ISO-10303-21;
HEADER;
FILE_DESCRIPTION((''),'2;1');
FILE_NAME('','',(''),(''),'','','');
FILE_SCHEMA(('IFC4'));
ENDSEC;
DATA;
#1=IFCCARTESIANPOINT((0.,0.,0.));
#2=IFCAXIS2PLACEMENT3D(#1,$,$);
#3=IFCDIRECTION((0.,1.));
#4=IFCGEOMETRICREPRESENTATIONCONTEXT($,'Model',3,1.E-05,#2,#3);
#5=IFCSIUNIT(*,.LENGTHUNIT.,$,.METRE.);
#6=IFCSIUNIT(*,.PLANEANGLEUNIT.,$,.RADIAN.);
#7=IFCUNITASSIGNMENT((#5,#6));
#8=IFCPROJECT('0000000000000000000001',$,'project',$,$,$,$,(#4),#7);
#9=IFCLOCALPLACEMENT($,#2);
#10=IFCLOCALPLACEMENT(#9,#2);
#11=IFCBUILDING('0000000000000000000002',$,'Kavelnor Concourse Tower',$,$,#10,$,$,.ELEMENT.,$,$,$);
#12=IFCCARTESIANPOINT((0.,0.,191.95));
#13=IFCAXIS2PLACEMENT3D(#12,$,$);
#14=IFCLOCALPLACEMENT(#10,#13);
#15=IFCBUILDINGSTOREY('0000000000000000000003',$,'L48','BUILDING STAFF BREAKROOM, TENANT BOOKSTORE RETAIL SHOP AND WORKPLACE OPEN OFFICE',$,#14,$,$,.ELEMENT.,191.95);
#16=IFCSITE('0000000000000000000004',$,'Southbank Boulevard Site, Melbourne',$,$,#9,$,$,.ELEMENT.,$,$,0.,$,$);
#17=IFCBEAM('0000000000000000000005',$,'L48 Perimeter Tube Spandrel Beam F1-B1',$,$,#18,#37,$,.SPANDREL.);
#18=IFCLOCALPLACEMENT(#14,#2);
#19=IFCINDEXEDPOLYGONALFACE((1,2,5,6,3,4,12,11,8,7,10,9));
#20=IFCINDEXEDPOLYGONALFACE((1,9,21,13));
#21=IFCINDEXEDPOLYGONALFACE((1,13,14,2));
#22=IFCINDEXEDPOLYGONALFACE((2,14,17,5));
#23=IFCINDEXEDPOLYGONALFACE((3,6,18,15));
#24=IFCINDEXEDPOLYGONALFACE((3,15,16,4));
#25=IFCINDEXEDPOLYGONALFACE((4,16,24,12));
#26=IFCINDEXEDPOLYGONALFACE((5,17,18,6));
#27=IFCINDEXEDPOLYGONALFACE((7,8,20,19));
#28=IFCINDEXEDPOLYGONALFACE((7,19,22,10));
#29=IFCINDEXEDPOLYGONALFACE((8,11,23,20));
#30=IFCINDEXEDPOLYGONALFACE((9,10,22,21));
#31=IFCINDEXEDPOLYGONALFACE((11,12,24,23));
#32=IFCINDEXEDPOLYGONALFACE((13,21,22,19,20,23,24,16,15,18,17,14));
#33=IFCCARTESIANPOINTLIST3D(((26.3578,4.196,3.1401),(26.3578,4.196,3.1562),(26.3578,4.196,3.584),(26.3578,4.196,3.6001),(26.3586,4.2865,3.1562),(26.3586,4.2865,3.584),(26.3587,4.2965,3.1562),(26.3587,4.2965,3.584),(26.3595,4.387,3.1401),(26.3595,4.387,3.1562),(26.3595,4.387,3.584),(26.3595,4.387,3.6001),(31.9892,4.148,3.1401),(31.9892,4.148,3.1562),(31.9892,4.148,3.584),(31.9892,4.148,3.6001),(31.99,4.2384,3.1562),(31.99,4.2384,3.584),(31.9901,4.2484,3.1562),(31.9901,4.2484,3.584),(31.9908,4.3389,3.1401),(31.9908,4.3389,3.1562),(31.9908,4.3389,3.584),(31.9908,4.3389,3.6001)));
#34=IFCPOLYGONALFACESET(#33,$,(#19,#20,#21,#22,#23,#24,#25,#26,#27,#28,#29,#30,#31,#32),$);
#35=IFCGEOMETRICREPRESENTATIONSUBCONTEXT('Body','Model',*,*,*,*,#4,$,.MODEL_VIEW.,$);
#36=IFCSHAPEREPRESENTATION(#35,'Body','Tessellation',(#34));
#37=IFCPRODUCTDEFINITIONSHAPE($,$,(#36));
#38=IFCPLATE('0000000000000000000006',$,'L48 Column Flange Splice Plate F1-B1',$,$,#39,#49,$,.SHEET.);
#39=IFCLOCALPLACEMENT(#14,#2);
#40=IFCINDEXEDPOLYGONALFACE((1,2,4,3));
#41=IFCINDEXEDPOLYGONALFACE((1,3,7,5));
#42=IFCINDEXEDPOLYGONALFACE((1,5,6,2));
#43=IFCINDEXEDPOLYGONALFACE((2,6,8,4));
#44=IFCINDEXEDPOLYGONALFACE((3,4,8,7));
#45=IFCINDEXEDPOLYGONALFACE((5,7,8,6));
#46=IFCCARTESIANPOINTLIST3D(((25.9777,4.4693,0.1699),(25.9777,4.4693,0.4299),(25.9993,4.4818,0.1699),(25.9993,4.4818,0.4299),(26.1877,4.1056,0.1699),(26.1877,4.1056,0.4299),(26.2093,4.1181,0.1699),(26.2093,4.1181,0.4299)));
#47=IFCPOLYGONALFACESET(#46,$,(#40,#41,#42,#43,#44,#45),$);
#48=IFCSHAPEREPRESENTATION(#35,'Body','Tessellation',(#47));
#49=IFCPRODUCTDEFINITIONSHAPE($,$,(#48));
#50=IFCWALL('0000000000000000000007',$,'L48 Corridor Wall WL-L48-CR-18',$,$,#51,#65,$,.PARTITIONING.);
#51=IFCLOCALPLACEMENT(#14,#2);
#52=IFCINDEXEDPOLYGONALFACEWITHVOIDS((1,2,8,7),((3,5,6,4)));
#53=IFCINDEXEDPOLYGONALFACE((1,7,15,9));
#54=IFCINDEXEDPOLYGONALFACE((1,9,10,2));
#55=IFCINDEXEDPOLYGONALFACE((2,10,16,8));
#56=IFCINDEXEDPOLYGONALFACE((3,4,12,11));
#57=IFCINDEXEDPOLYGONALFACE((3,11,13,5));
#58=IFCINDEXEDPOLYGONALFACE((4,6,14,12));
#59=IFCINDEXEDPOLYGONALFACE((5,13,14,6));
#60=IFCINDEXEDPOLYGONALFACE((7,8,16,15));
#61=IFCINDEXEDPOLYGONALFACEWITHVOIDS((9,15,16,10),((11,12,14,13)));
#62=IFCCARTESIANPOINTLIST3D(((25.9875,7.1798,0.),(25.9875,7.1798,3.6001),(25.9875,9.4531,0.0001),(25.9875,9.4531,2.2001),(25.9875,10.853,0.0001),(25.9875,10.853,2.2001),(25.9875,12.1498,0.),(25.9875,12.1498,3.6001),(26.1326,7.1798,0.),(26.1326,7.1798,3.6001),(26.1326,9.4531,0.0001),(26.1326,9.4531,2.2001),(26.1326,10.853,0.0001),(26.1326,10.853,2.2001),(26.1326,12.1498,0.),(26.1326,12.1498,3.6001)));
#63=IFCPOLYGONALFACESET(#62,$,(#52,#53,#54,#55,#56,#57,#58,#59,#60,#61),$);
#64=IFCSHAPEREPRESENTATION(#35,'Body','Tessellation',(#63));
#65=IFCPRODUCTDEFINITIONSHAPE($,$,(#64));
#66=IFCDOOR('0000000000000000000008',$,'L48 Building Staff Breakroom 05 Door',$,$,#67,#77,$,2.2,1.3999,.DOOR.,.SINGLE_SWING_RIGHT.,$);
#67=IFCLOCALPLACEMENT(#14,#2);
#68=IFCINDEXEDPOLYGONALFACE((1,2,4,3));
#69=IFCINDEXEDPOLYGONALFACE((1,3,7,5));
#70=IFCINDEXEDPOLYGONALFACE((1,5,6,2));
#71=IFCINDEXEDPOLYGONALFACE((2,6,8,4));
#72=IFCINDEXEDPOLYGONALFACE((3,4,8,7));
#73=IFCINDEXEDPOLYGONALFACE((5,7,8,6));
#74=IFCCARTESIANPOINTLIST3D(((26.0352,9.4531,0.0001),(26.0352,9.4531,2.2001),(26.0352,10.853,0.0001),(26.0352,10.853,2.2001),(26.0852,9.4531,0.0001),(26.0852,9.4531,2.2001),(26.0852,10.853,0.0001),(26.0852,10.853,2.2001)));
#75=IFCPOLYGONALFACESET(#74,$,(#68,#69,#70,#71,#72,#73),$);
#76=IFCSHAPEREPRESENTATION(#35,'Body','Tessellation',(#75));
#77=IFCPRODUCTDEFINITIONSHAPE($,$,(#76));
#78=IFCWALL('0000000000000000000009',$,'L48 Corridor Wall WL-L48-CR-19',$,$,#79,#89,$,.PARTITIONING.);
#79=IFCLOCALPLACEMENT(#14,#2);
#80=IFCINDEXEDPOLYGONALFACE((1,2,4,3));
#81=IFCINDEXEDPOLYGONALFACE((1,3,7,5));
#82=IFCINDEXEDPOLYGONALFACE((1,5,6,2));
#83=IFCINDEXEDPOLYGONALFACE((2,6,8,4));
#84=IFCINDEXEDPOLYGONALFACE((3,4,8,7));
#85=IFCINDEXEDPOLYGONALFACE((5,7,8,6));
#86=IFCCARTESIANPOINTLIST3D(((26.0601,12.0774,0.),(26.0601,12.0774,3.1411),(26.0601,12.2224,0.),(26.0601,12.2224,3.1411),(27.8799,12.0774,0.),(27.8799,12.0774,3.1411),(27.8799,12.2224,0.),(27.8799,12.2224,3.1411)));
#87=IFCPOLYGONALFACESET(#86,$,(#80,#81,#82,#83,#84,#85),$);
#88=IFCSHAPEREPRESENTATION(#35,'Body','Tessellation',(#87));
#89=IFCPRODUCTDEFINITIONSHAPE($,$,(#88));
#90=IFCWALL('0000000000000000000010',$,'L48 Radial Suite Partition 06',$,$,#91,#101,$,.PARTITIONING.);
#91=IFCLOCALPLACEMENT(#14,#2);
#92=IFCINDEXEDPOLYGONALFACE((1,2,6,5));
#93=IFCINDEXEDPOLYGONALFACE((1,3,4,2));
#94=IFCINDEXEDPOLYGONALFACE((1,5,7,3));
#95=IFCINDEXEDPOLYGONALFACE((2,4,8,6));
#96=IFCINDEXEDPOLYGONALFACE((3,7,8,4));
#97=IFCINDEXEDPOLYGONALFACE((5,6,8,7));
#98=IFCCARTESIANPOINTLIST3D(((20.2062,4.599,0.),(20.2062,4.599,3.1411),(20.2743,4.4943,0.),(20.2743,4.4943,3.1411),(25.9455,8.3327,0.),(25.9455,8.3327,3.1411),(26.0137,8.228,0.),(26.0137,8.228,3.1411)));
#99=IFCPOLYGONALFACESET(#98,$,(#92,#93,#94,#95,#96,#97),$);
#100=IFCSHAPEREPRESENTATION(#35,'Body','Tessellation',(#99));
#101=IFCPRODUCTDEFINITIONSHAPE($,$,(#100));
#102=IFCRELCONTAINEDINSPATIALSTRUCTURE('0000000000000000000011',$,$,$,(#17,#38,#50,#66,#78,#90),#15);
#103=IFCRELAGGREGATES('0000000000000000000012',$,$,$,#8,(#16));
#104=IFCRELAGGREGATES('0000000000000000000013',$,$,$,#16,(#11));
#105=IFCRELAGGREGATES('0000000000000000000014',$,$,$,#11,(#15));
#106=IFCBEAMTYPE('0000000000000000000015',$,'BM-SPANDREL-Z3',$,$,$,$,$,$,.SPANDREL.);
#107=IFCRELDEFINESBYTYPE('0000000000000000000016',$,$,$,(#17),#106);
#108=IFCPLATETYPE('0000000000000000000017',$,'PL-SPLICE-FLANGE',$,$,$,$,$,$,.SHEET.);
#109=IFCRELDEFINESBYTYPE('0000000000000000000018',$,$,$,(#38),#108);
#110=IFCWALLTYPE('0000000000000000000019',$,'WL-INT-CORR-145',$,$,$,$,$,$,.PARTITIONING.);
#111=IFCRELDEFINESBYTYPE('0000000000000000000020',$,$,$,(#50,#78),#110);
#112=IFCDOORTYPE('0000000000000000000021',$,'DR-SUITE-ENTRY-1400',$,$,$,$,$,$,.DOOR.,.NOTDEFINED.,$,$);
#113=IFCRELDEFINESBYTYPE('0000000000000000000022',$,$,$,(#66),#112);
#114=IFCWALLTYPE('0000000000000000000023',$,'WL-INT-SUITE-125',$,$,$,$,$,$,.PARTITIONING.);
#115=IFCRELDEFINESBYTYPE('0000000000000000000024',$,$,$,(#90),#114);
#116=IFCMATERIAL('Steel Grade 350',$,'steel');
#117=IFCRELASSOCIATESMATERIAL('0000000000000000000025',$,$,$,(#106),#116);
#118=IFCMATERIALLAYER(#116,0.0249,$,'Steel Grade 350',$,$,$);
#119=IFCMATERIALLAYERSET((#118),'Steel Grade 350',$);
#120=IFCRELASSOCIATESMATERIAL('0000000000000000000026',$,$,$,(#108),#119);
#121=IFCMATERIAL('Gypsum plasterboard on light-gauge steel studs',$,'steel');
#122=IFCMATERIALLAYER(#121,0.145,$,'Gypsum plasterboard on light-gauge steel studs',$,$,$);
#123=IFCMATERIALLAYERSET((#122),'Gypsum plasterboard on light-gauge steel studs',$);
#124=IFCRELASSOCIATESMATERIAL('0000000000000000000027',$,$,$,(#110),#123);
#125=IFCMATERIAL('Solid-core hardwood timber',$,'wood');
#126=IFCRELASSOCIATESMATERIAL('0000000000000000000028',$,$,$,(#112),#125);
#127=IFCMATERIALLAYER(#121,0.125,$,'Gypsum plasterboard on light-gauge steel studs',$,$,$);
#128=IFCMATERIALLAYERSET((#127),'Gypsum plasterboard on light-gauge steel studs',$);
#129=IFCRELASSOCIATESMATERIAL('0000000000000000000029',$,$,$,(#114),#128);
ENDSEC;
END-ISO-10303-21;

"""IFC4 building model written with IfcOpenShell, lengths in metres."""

from ifc_helpers import new_model, si_unit, direction, frame, frame_2d, origin, origin_2d, place, context, subcontext, project, spatial, rectangle, i_section, extrude, material, layer, layer_set, material_profile, profile_set, type_object, element, fill, save


model = new_model("IFC4")

# Units and contexts
model_context = context("Model", 3, precision=1e-05, world=origin(), true_north=direction((0.0, 1.0)))
body_context = subcontext(model_context, "Body", "Model", "MODEL_VIEW")
ifc_project = project(units=[si_unit("LENGTHUNIT", "METRE"), si_unit("PLANEANGLEUNIT", "RADIAN")], contexts=[model_context])

# Site, building, storey
site_placement = place(None, origin())
site = spatial("IfcSite", under=ifc_project, at=site_placement, Name="Southbank Boulevard Site, Melbourne", CompositionType="ELEMENT", RefElevation=0.0)
building_placement = place(site_placement, origin())
building = spatial("IfcBuilding", under=site, at=building_placement, Name="Kavelnor Concourse Tower", CompositionType="ELEMENT")
storey_placement = place(building_placement, frame((0.0, 0.0, 191.95)))
storey = spatial("IfcBuildingStorey", under=building, at=storey_placement, Name="L48", Description="BUILDING STAFF BREAKROOM, TENANT BOOKSTORE RETAIL SHOP AND WORKPLACE OPEN OFFICE", CompositionType="ELEMENT", Elevation=191.95)

# Shared definitions
ifc_material_1 = material(Name="Steel Grade 350", Category="steel")

# Beam
ifc_material_profile_1 = material_profile(ifc_material_1, i_section(OverallWidth=0.1909, OverallDepth=0.46, WebThickness=0.01, FlangeThickness=0.0161, at=origin_2d()), Name="460UB82")
ifc_profile_set_1 = profile_set([ifc_material_profile_1], Name="Steel Grade 350")
beam_type_1 = type_object("IfcBeamType", Name="BM-SPANDREL-Z3", PredefinedType="SPANDREL", material=ifc_profile_set_1)
beam_1_placement = place(storey_placement, frame((26.3586, 4.2915, 3.3701), z_axis=(0.999964, -0.00854, 0.0), x_axis=(0.00854, 0.999964, 0.0)))
element("IfcBeam", 1, at=beam_1_placement, inside=storey, type_object=beam_type_1, Name="L48 Perimeter Tube Spandrel Beam F1-B1", PredefinedType="SPANDREL", context=body_context, shape_type="SweptSolid", body=[
    extrude(i_section(OverallWidth=0.1909, OverallDepth=0.46, WebThickness=0.01, FlangeThickness=0.0161, at=origin_2d()), origin(), (0.0, 0.0, 1.0), 5.6316),
])

# Plate
ifc_layer_1 = layer(ifc_material_1, 0.0249, Name="Steel Grade 350")
ifc_layer_set_1 = layer_set([ifc_layer_1], Name="Steel Grade 350")
plate_type = type_object("IfcPlateType", Name="PL-SPLICE-FLANGE", PredefinedType="SHEET", material=ifc_layer_set_1)
plate_placement = place(storey_placement, frame((26.0935, 4.2937, 0.1699), z_axis=(0.0, 0.0, 1.0), x_axis=(-0.5, 0.866025, 0.0)))
element("IfcPlate", 2, at=plate_placement, inside=storey, type_object=plate_type, Name="L48 Column Flange Splice Plate F1-B1", PredefinedType="SHEET", context=body_context, shape_type="SweptSolid", body=[
    extrude(rectangle(XDim=0.4199, YDim=0.0249, at=origin_2d()), origin(), (0.0, 0.0, 1.0), 0.26),
])

# Wall, opening, door
ifc_material_2 = material(Name="Gypsum plasterboard on light-gauge steel studs", Category="steel")
ifc_layer_2 = layer(ifc_material_2, 0.145, Name="Gypsum plasterboard on light-gauge steel studs")
ifc_layer_set_2 = layer_set([ifc_layer_2], Name="Gypsum plasterboard on light-gauge steel studs")
wall_type_1 = type_object("IfcWallType", Name="WL-INT-CORR-145", PredefinedType="PARTITIONING", material=ifc_layer_set_2)
wall_1_placement = place(storey_placement, frame((26.0601, 7.1799, 0.0), z_axis=(0.0, 0.0, 1.0), x_axis=(0.0, 1.0, 0.0)))
wall_1 = element("IfcWall", 3, at=wall_1_placement, inside=storey, type_object=wall_type_1, Name="L48 Corridor Wall WL-L48-CR-18", PredefinedType="PARTITIONING", context=body_context, shape_type="SweptSolid", body=[
    extrude(rectangle(XDim=4.97, YDim=0.145, at=frame_2d((2.4849, 0.0))), origin(), (0.0, 0.0, 1.0), 3.6001),
])
opening_placement = place(wall_1_placement, frame((2.2732, 0.0, 0.0)))
opening = element("IfcOpeningElement", 4, at=opening_placement, cuts=wall_1, PredefinedType="OPENING", context=body_context, shape_type="SweptSolid", body=[
    extrude(rectangle(XDim=1.3999, YDim=2.2, at=frame_2d((0.7, 1.1001))), frame((0.0, 0.0825, 0.0), z_axis=(0.0, -1.0, 0.0), x_axis=(1.0, 0.0, 0.0)), (0.0, 0.0, 1.0), 0.165),
])
ifc_material_3 = material(Name="Solid-core hardwood timber", Category="wood")
door_type = type_object("IfcDoorType", Name="DR-SUITE-ENTRY-1400", OperationType="NOTDEFINED", PredefinedType="DOOR", material=ifc_material_3)
door_placement = place(opening_placement, origin())
door = element("IfcDoor", 5, at=door_placement, inside=storey, type_object=door_type, Name="L48 Building Staff Breakroom 05 Door", OperationType="SINGLE_SWING_RIGHT", OverallHeight=2.2, OverallWidth=1.3999, PredefinedType="DOOR", context=body_context, shape_type="SweptSolid", body=[
    extrude(rectangle(XDim=1.3999, YDim=2.2, at=frame_2d((0.7, 1.1001))), frame((0.0, 0.0249, 0.0), z_axis=(0.0, -1.0, 0.0), x_axis=(1.0, 0.0, 0.0)), (0.0, 0.0, 1.0), 0.05),
])
fill(opening, door)

# Walls
wall_2_placement = place(storey_placement, frame((26.0601, 12.1499, 0.0), z_axis=(0.0, 0.0, 1.0), x_axis=(1.0, 0.0, 0.0)))
element("IfcWall", 6, at=wall_2_placement, inside=storey, type_object=wall_type_1, Name="L48 Corridor Wall WL-L48-CR-19", PredefinedType="PARTITIONING", context=body_context, shape_type="SweptSolid", body=[
    extrude(rectangle(XDim=1.8198, YDim=0.145, at=frame_2d((0.9099, 0.0))), origin(), (0.0, 0.0, 1.0), 3.1411),
])
ifc_layer_3 = layer(ifc_material_2, 0.125, Name="Gypsum plasterboard on light-gauge steel studs")
ifc_layer_set_3 = layer_set([ifc_layer_3], Name="Gypsum plasterboard on light-gauge steel studs")
wall_type_2 = type_object("IfcWallType", Name="WL-INT-SUITE-125", PredefinedType="PARTITIONING", material=ifc_layer_set_3)
wall_3_placement = place(storey_placement, frame((25.9795, 8.2803, 0.0), z_axis=(0.0, 0.0, 1.0), x_axis=(-0.838235, -0.545309, 0.0)))
element("IfcWall", 7, at=wall_3_placement, inside=storey, type_object=wall_type_2, Name="L48 Radial Suite Partition 06", PredefinedType="PARTITIONING", context=body_context, shape_type="SweptSolid", body=[
    extrude(rectangle(XDim=6.8469, YDim=0.125, at=frame_2d((3.4233, 0.0))), origin(), (0.0, 0.0, 1.0), 3.1411),
])

save(model, "model.ifc")
